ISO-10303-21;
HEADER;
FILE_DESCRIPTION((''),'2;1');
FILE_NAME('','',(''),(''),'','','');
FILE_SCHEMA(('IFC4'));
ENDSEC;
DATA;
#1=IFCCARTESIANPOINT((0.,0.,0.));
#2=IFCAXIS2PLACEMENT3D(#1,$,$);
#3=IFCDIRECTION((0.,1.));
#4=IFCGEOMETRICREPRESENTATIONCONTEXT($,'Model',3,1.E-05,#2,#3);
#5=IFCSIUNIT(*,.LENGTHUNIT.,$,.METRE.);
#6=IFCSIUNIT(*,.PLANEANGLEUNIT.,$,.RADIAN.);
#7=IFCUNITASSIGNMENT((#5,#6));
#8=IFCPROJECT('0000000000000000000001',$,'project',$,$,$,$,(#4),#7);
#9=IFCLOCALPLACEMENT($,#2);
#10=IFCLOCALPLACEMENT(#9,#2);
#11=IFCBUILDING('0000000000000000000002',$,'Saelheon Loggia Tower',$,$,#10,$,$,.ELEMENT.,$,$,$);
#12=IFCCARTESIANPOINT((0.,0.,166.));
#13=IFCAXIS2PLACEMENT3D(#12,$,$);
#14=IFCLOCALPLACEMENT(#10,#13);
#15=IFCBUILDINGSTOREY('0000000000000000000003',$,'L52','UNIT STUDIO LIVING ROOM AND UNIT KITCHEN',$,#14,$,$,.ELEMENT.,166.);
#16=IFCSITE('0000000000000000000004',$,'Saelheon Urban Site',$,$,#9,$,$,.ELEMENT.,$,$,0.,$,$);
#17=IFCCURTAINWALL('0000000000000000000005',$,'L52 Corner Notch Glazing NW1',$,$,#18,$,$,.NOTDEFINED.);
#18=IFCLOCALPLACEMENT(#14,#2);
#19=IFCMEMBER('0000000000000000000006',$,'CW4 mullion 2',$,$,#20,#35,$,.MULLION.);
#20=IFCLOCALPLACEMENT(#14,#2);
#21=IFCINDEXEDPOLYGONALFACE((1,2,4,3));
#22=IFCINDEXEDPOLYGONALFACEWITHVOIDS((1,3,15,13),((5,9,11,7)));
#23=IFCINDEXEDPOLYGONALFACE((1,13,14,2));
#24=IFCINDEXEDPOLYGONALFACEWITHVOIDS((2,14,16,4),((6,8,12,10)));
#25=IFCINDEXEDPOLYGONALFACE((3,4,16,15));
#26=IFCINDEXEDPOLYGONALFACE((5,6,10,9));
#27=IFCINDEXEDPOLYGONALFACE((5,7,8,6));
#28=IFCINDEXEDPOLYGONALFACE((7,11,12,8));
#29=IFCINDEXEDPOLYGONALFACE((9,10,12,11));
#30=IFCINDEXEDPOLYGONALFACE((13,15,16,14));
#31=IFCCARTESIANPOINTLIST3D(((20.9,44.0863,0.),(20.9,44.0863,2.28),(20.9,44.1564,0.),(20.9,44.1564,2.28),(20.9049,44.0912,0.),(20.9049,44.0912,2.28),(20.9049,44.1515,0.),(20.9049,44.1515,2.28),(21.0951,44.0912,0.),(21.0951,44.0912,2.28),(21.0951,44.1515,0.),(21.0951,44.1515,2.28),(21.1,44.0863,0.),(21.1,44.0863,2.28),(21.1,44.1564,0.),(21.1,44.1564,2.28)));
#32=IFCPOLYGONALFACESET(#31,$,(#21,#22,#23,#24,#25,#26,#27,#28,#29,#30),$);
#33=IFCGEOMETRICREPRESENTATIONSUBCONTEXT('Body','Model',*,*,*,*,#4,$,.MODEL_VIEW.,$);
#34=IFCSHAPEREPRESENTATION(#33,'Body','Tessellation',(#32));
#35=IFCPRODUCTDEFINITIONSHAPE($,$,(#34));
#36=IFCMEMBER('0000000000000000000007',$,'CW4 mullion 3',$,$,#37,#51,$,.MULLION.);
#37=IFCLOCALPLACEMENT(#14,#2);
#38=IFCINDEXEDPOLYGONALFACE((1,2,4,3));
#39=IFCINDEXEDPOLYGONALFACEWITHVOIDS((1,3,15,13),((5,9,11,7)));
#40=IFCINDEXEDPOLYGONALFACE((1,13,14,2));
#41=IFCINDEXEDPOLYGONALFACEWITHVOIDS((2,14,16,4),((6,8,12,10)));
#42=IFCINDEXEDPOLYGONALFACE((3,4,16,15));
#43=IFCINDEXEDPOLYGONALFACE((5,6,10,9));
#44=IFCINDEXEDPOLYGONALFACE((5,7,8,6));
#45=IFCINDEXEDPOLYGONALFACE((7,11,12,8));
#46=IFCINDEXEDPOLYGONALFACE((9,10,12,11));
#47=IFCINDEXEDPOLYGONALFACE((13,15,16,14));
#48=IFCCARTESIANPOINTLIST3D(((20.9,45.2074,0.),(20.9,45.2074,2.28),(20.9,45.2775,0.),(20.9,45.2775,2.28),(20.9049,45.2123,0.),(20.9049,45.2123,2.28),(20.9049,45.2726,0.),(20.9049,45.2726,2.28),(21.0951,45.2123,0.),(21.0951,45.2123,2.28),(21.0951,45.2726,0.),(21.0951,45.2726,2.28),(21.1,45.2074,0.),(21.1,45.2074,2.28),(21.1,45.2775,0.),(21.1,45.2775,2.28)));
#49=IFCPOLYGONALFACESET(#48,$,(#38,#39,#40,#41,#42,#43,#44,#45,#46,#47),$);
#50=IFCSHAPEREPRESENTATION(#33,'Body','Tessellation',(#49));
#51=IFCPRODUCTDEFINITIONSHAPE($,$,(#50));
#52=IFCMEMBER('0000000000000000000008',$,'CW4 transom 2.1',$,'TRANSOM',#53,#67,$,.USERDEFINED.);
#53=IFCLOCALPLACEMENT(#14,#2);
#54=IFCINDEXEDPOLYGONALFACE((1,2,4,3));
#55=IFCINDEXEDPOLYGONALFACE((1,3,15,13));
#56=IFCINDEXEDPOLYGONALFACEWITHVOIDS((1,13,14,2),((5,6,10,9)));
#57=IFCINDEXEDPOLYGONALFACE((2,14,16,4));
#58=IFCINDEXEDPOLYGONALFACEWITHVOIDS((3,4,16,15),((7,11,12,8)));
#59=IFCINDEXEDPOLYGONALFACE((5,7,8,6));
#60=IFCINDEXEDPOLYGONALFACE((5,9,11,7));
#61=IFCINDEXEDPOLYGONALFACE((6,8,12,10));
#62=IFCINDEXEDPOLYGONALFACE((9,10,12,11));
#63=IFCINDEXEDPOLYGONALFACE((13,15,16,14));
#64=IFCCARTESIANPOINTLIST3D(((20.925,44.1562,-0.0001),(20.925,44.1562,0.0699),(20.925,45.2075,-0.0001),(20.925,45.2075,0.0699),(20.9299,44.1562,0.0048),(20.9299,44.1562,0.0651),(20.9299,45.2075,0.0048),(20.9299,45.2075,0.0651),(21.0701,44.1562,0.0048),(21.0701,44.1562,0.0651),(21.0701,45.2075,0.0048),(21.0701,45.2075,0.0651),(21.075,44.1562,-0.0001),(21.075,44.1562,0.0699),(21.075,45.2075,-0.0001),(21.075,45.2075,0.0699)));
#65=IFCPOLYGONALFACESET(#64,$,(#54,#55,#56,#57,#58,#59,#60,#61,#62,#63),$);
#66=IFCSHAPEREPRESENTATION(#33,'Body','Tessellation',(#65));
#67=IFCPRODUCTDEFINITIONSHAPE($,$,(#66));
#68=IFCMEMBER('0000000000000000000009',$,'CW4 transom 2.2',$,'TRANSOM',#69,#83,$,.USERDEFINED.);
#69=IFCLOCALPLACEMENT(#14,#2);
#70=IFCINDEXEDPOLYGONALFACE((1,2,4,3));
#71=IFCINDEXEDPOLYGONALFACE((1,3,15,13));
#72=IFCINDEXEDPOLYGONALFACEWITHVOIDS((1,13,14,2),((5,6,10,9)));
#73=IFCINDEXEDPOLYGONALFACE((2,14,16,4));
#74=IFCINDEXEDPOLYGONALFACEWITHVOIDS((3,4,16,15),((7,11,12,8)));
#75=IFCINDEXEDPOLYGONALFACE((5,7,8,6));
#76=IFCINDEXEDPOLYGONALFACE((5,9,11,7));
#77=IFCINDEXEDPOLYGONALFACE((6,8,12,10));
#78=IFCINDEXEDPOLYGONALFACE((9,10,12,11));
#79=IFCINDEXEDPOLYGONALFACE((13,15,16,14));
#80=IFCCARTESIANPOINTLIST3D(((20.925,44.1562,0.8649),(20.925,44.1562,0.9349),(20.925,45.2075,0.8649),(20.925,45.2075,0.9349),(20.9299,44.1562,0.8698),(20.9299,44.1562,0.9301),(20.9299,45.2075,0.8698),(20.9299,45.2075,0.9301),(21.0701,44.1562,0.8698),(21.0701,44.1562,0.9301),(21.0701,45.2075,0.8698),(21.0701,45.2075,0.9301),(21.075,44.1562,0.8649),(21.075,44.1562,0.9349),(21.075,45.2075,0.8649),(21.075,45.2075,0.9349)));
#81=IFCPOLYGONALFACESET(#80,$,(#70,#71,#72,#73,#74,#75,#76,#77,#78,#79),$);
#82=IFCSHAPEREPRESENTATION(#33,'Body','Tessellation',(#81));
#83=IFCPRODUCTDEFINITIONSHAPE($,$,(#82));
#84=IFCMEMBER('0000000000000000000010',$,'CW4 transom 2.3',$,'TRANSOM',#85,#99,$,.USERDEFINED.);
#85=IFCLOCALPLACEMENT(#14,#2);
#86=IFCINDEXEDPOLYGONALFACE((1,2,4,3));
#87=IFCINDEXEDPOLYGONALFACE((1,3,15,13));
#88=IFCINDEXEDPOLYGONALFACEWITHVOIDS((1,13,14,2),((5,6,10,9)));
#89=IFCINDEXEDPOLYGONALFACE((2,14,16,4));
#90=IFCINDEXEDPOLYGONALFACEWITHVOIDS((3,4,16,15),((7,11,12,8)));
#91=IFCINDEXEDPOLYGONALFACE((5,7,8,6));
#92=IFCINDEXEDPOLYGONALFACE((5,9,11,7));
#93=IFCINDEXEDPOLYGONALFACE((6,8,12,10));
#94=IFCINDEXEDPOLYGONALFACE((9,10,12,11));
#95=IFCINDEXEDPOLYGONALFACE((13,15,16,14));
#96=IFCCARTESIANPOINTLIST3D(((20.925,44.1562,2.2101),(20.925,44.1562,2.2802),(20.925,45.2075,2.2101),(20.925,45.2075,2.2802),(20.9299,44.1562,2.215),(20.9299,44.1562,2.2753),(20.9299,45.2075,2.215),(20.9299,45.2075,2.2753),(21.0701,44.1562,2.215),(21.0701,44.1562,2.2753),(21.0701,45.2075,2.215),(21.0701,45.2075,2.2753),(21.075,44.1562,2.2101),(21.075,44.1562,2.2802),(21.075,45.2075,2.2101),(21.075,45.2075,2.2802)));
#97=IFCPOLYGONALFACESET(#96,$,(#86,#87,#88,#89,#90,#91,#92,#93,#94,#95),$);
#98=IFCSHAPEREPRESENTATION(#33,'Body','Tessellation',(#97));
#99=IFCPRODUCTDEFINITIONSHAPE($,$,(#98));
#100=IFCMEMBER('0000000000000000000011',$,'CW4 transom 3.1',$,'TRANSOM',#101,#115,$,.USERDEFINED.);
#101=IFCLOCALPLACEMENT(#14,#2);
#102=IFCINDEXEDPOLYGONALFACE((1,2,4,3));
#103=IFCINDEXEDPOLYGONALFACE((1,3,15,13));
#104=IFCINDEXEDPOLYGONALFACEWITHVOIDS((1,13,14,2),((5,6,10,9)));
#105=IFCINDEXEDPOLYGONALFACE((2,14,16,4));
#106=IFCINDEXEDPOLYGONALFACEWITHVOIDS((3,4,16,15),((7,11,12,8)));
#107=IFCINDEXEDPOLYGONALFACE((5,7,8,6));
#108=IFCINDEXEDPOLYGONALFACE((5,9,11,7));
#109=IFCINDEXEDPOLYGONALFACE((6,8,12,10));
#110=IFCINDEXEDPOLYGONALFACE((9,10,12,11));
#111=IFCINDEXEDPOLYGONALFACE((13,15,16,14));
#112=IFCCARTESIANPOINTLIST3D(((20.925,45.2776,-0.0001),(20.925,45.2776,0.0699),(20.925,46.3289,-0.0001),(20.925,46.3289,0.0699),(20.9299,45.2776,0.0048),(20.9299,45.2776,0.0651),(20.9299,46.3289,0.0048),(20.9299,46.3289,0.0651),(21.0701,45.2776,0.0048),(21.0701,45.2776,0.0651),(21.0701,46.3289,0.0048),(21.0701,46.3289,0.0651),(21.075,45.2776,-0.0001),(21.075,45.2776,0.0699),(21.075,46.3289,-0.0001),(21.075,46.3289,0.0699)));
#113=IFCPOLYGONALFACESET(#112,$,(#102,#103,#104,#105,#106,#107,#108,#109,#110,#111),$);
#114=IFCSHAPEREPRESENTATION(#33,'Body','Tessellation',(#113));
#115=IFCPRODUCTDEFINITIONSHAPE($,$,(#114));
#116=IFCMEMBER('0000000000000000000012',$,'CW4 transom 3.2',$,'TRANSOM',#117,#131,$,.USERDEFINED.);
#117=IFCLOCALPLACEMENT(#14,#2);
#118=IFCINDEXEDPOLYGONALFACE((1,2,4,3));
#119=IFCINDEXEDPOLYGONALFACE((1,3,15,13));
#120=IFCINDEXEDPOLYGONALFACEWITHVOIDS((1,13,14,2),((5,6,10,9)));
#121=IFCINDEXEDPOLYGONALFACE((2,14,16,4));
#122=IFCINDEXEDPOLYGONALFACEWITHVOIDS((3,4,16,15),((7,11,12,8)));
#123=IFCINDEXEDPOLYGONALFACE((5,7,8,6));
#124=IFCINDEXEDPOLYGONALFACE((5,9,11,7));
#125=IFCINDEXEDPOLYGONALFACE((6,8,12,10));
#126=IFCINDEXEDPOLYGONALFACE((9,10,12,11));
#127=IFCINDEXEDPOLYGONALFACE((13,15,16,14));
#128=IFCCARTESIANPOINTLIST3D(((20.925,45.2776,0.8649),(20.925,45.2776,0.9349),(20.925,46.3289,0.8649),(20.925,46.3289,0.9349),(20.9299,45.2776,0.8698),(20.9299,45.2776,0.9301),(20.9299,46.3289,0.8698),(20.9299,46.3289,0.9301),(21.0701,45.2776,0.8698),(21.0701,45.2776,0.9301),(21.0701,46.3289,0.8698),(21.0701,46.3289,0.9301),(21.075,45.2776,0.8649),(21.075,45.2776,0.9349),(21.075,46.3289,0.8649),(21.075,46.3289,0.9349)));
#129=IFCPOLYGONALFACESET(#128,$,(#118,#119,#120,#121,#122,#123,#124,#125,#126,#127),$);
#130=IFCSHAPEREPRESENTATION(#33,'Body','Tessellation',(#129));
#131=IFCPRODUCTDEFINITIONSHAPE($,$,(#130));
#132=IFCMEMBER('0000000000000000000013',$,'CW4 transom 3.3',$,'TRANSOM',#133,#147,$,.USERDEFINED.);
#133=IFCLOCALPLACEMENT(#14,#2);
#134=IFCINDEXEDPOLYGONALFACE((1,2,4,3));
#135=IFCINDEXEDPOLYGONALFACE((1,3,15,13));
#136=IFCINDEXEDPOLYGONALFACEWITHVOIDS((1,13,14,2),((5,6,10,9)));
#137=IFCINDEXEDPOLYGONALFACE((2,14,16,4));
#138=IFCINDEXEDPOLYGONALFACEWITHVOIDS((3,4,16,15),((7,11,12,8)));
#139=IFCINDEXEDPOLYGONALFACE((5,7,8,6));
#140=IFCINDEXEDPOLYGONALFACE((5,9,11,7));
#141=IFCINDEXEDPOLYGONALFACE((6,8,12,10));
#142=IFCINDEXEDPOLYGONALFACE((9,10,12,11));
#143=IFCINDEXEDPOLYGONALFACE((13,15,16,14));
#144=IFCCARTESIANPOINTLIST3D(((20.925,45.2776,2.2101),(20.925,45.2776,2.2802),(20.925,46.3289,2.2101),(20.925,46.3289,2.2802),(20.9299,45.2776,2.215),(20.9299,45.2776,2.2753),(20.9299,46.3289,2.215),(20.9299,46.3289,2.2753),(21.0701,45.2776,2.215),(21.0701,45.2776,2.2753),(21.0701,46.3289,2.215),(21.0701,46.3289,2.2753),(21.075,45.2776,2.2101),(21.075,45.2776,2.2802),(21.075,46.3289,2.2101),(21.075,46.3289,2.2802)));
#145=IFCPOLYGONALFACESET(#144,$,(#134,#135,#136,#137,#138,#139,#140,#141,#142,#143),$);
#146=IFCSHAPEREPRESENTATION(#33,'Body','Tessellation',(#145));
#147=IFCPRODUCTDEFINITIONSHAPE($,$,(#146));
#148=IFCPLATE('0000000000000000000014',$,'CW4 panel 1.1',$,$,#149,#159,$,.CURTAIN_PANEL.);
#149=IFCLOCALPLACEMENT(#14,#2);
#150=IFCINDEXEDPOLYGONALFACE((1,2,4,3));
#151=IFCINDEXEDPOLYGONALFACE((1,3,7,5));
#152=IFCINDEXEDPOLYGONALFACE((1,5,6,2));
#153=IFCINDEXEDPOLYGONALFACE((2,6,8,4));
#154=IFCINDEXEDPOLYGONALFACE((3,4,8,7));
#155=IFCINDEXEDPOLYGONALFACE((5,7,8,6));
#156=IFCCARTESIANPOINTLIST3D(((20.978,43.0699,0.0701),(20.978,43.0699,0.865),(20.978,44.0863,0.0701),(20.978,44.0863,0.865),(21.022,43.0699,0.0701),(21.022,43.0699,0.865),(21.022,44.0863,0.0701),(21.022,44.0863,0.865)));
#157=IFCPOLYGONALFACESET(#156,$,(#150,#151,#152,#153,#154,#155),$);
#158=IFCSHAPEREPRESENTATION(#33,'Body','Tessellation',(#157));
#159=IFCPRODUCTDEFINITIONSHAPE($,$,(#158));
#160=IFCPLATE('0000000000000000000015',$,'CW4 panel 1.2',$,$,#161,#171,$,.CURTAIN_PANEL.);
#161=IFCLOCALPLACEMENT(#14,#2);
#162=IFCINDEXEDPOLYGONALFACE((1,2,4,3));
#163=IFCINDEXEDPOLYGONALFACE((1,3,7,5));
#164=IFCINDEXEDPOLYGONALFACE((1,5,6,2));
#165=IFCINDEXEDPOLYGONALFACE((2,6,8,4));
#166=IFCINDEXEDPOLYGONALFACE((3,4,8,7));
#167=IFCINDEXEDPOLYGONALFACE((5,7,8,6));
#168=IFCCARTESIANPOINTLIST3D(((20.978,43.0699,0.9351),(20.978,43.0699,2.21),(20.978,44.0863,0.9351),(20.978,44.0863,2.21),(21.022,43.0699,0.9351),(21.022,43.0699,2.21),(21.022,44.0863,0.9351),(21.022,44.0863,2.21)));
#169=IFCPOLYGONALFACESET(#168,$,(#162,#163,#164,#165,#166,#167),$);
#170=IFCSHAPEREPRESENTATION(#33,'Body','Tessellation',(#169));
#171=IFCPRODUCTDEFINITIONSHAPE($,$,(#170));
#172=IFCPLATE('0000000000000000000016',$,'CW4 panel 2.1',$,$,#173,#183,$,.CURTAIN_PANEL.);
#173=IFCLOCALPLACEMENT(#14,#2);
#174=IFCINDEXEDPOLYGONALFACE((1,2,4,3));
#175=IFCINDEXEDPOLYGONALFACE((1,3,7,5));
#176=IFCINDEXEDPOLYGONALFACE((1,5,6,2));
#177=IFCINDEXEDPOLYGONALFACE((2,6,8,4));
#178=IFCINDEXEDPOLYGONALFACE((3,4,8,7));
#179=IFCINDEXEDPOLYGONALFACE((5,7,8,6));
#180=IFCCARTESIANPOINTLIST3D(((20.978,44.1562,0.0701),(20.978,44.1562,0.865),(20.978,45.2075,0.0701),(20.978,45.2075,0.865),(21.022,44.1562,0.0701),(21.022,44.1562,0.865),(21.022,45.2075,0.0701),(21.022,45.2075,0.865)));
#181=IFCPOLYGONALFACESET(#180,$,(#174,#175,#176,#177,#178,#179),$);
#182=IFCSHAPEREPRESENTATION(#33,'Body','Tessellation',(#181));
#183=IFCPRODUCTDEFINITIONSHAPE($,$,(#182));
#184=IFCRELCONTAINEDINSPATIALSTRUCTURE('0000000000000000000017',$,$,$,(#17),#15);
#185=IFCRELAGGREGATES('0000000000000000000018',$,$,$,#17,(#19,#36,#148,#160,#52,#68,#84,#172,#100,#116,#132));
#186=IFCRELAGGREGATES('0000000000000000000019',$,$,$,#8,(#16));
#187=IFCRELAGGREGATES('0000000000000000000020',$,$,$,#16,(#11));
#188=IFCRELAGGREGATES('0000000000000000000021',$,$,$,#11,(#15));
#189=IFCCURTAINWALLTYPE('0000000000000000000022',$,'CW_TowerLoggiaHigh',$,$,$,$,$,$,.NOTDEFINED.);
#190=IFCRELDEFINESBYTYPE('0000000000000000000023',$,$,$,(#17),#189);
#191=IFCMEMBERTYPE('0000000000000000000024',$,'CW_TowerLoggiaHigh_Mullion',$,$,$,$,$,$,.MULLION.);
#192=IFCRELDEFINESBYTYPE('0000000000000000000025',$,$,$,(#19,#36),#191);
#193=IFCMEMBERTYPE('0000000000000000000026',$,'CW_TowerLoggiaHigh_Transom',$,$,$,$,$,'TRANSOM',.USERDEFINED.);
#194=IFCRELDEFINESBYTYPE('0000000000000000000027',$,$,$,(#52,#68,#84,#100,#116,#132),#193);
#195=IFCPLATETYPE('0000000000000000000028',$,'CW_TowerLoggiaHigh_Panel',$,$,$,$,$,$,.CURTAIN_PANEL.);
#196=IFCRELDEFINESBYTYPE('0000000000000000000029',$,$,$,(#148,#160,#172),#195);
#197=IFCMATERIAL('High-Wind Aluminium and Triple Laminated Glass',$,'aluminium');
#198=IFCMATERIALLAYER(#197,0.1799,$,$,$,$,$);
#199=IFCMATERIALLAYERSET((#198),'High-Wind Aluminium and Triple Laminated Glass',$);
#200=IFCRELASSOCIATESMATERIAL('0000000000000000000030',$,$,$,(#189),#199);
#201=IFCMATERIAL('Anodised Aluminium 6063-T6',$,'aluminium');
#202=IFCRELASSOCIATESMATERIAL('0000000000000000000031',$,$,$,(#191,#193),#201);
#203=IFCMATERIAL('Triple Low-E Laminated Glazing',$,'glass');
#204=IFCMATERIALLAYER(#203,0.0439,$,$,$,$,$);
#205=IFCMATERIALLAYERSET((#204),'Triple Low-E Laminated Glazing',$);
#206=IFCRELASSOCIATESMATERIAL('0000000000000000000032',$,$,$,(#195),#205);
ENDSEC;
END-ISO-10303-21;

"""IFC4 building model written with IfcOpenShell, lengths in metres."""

from ifc_helpers import new_model, si_unit, direction, frame, origin, origin_2d, place, context, subcontext, project, spatial, rectangle, hollow_rectangle, extrude, source, transform, mapped, material, layer, layer_set, material_profile, profile_set, type_object, element, aggregate, save


model = new_model("IFC4")

# Units and contexts
model_context = context("Model", 3, precision=1e-05, world=origin(), true_north=direction((0.0, 1.0)))
body_context = subcontext(model_context, "Body", "Model", "MODEL_VIEW")
ifc_project = project(units=[si_unit("LENGTHUNIT", "METRE"), si_unit("PLANEANGLEUNIT", "RADIAN")], contexts=[model_context])

# Site, building, storey
site_placement = place(None, origin())
site = spatial("IfcSite", under=ifc_project, at=site_placement, Name="Saelheon Urban Site", CompositionType="ELEMENT", RefElevation=0.0)
building_placement = place(site_placement, origin())
building = spatial("IfcBuilding", under=site, at=building_placement, Name="Saelheon Loggia Tower", CompositionType="ELEMENT")
storey_placement = place(building_placement, frame((0.0, 0.0, 166.0)))
storey = spatial("IfcBuildingStorey", under=building, at=storey_placement, Name="L52", Description="UNIT STUDIO LIVING ROOM AND UNIT KITCHEN", CompositionType="ELEMENT", Elevation=166.0)

# Curtain wall, members, plates
ifc_material_1 = material(Name="High-Wind Aluminium and Triple Laminated Glass", Category="aluminium")
ifc_layer_1 = layer(ifc_material_1, 0.1799)
ifc_layer_set_1 = layer_set([ifc_layer_1], Name="High-Wind Aluminium and Triple Laminated Glass")
curtain_wall_type = type_object("IfcCurtainWallType", Name="CW_TowerLoggiaHigh", PredefinedType="NOTDEFINED", material=ifc_layer_set_1)
curtain_wall_placement = place(storey_placement, origin())
curtain_wall = element("IfcCurtainWall", 1, at=curtain_wall_placement, inside=storey, type_object=curtain_wall_type, Name="L52 Corner Notch Glazing NW1", PredefinedType="NOTDEFINED")
ifc_material_2 = material(Name="Anodised Aluminium 6063-T6", Category="aluminium")
ifc_material_profile_1 = material_profile(ifc_material_2, hollow_rectangle(XDim=0.0701, YDim=0.2, WallThickness=0.0049, at=origin_2d()), Name="RHS-200x70x5")
ifc_profile_set_1 = profile_set([ifc_material_profile_1], Name="Anodised Aluminium 6063-T6")
member_type_1 = type_object("IfcMemberType", Name="CW_TowerLoggiaHigh_Mullion", PredefinedType="MULLION", material=ifc_profile_set_1)
shared_shape_1 = source(origin(), body_context, "Body", "SweptSolid", [
    extrude(hollow_rectangle(XDim=0.0701, YDim=0.2, WallThickness=0.0049, at=origin_2d()), origin(), (0.0, 0.0, 1.0), 2.28),
])
member_1_placement = place(storey_placement, frame((21.0, 44.1213, 0.0), z_axis=(0.0, 0.0, 1.0), x_axis=(0.0, 1.0, 0.0)))
member_1 = element("IfcMember", 2, at=member_1_placement, type_object=member_type_1, Name="CW4 mullion 2", PredefinedType="MULLION", context=body_context, shape_type="MappedRepresentation", body=[
    mapped(shared_shape_1, transform((0.0, 0.0, 0.0), scale=1.0)),
])
member_2_placement = place(storey_placement, frame((21.0, 45.2424, 0.0), z_axis=(0.0, 0.0, 1.0), x_axis=(0.0, 1.0, 0.0)))
member_2 = element("IfcMember", 3, at=member_2_placement, type_object=member_type_1, Name="CW4 mullion 3", PredefinedType="MULLION", context=body_context, shape_type="MappedRepresentation", body=[
    mapped(shared_shape_1, transform((0.0, 0.0, 0.0), scale=1.0)),
])
ifc_material_profile_2 = material_profile(ifc_material_2, hollow_rectangle(XDim=0.0701, YDim=0.1499, WallThickness=0.0049, at=origin_2d()), Name="RHS-150x70x5")
ifc_profile_set_2 = profile_set([ifc_material_profile_2], Name="Anodised Aluminium 6063-T6")
member_type_2 = type_object("IfcMemberType", Name="CW_TowerLoggiaHigh_Transom", ElementType="TRANSOM", PredefinedType="USERDEFINED", material=ifc_profile_set_2)
shared_shape_2 = source(origin(), body_context, "Body", "SweptSolid", [
    extrude(hollow_rectangle(XDim=0.0701, YDim=0.1499, WallThickness=0.0049, at=origin_2d()), origin(), (0.0, 0.0, 1.0), 1.0513),
])
member_3_placement = place(storey_placement, frame((21.0, 44.1562, 0.0349), z_axis=(0.0, 1.0, 0.0), x_axis=(0.0, 0.0, 1.0)))
member_3 = element("IfcMember", 4, at=member_3_placement, type_object=member_type_2, Name="CW4 transom 2.1", ObjectType="TRANSOM", PredefinedType="USERDEFINED", context=body_context, shape_type="MappedRepresentation", body=[
    mapped(shared_shape_2, transform((0.0, 0.0, 0.0), scale=1.0)),
])
member_4_placement = place(storey_placement, frame((21.0, 44.1562, 0.8999), z_axis=(0.0, 1.0, 0.0), x_axis=(0.0, 0.0, 1.0)))
member_4 = element("IfcMember", 5, at=member_4_placement, type_object=member_type_2, Name="CW4 transom 2.2", ObjectType="TRANSOM", PredefinedType="USERDEFINED", context=body_context, shape_type="MappedRepresentation", body=[
    mapped(shared_shape_2, transform((0.0, 0.0, 0.0), scale=1.0)),
])
member_5_placement = place(storey_placement, frame((21.0, 44.1562, 2.2451), z_axis=(0.0, 1.0, 0.0), x_axis=(0.0, 0.0, 1.0)))
member_5 = element("IfcMember", 6, at=member_5_placement, type_object=member_type_2, Name="CW4 transom 2.3", ObjectType="TRANSOM", PredefinedType="USERDEFINED", context=body_context, shape_type="MappedRepresentation", body=[
    mapped(shared_shape_2, transform((0.0, 0.0, 0.0), scale=1.0)),
])
member_6_placement = place(storey_placement, frame((21.0, 45.2776, 0.0349), z_axis=(0.0, 1.0, 0.0), x_axis=(0.0, 0.0, 1.0)))
member_6 = element("IfcMember", 7, at=member_6_placement, type_object=member_type_2, Name="CW4 transom 3.1", ObjectType="TRANSOM", PredefinedType="USERDEFINED", context=body_context, shape_type="MappedRepresentation", body=[
    mapped(shared_shape_2, transform((0.0, 0.0, 0.0), scale=1.0)),
])
member_7_placement = place(storey_placement, frame((21.0, 45.2776, 0.8999), z_axis=(0.0, 1.0, 0.0), x_axis=(0.0, 0.0, 1.0)))
member_7 = element("IfcMember", 8, at=member_7_placement, type_object=member_type_2, Name="CW4 transom 3.2", ObjectType="TRANSOM", PredefinedType="USERDEFINED", context=body_context, shape_type="MappedRepresentation", body=[
    mapped(shared_shape_2, transform((0.0, 0.0, 0.0), scale=1.0)),
])
member_8_placement = place(storey_placement, frame((21.0, 45.2776, 2.2451), z_axis=(0.0, 1.0, 0.0), x_axis=(0.0, 0.0, 1.0)))
member_8 = element("IfcMember", 9, at=member_8_placement, type_object=member_type_2, Name="CW4 transom 3.3", ObjectType="TRANSOM", PredefinedType="USERDEFINED", context=body_context, shape_type="MappedRepresentation", body=[
    mapped(shared_shape_2, transform((0.0, 0.0, 0.0), scale=1.0)),
])
ifc_material_3 = material(Name="Triple Low-E Laminated Glazing", Category="glass")
ifc_layer_2 = layer(ifc_material_3, 0.0439)
ifc_layer_set_2 = layer_set([ifc_layer_2], Name="Triple Low-E Laminated Glazing")
plate_type = type_object("IfcPlateType", Name="CW_TowerLoggiaHigh_Panel", PredefinedType="CURTAIN_PANEL", material=ifc_layer_set_2)
shared_shape_3 = source(origin(), body_context, "Body", "SweptSolid", [
    extrude(rectangle(XDim=1.0164, YDim=0.0439, at=origin_2d()), origin(), (0.0, 0.0, 1.0), 0.7949),
])
plate_1_placement = place(storey_placement, frame((21.0, 43.5781, 0.0701), z_axis=(0.0, 0.0, 1.0), x_axis=(0.0, 1.0, 0.0)))
plate_1 = element("IfcPlate", 10, at=plate_1_placement, type_object=plate_type, Name="CW4 panel 1.1", PredefinedType="CURTAIN_PANEL", context=body_context, shape_type="MappedRepresentation", body=[
    mapped(shared_shape_3, transform((0.0, 0.0, 0.0), scale=1.0)),
])
shared_shape_4 = source(origin(), body_context, "Body", "SweptSolid", [
    extrude(rectangle(XDim=1.0164, YDim=0.0439, at=origin_2d()), origin(), (0.0, 0.0, 1.0), 1.2749),
])
plate_2_placement = place(storey_placement, frame((21.0, 43.5781, 0.9351), z_axis=(0.0, 0.0, 1.0), x_axis=(0.0, 1.0, 0.0)))
plate_2 = element("IfcPlate", 11, at=plate_2_placement, type_object=plate_type, Name="CW4 panel 1.2", PredefinedType="CURTAIN_PANEL", context=body_context, shape_type="MappedRepresentation", body=[
    mapped(shared_shape_4, transform((0.0, 0.0, 0.0), scale=1.0)),
])
shared_shape_5 = source(origin(), body_context, "Body", "SweptSolid", [
    extrude(rectangle(XDim=1.0513, YDim=0.0439, at=origin_2d()), origin(), (0.0, 0.0, 1.0), 0.7949),
])
plate_3_placement = place(storey_placement, frame((21.0, 44.6819, 0.0701), z_axis=(0.0, 0.0, 1.0), x_axis=(0.0, 1.0, 0.0)))
plate_3 = element("IfcPlate", 12, at=plate_3_placement, type_object=plate_type, Name="CW4 panel 2.1", PredefinedType="CURTAIN_PANEL", context=body_context, shape_type="MappedRepresentation", body=[
    mapped(shared_shape_5, transform((0.0, 0.0, 0.0), scale=1.0)),
])
aggregate(curtain_wall, [member_1, member_2, plate_1, plate_2, member_3, member_4, member_5, plate_3, member_6, member_7, member_8])

save(model, "model.ifc")
